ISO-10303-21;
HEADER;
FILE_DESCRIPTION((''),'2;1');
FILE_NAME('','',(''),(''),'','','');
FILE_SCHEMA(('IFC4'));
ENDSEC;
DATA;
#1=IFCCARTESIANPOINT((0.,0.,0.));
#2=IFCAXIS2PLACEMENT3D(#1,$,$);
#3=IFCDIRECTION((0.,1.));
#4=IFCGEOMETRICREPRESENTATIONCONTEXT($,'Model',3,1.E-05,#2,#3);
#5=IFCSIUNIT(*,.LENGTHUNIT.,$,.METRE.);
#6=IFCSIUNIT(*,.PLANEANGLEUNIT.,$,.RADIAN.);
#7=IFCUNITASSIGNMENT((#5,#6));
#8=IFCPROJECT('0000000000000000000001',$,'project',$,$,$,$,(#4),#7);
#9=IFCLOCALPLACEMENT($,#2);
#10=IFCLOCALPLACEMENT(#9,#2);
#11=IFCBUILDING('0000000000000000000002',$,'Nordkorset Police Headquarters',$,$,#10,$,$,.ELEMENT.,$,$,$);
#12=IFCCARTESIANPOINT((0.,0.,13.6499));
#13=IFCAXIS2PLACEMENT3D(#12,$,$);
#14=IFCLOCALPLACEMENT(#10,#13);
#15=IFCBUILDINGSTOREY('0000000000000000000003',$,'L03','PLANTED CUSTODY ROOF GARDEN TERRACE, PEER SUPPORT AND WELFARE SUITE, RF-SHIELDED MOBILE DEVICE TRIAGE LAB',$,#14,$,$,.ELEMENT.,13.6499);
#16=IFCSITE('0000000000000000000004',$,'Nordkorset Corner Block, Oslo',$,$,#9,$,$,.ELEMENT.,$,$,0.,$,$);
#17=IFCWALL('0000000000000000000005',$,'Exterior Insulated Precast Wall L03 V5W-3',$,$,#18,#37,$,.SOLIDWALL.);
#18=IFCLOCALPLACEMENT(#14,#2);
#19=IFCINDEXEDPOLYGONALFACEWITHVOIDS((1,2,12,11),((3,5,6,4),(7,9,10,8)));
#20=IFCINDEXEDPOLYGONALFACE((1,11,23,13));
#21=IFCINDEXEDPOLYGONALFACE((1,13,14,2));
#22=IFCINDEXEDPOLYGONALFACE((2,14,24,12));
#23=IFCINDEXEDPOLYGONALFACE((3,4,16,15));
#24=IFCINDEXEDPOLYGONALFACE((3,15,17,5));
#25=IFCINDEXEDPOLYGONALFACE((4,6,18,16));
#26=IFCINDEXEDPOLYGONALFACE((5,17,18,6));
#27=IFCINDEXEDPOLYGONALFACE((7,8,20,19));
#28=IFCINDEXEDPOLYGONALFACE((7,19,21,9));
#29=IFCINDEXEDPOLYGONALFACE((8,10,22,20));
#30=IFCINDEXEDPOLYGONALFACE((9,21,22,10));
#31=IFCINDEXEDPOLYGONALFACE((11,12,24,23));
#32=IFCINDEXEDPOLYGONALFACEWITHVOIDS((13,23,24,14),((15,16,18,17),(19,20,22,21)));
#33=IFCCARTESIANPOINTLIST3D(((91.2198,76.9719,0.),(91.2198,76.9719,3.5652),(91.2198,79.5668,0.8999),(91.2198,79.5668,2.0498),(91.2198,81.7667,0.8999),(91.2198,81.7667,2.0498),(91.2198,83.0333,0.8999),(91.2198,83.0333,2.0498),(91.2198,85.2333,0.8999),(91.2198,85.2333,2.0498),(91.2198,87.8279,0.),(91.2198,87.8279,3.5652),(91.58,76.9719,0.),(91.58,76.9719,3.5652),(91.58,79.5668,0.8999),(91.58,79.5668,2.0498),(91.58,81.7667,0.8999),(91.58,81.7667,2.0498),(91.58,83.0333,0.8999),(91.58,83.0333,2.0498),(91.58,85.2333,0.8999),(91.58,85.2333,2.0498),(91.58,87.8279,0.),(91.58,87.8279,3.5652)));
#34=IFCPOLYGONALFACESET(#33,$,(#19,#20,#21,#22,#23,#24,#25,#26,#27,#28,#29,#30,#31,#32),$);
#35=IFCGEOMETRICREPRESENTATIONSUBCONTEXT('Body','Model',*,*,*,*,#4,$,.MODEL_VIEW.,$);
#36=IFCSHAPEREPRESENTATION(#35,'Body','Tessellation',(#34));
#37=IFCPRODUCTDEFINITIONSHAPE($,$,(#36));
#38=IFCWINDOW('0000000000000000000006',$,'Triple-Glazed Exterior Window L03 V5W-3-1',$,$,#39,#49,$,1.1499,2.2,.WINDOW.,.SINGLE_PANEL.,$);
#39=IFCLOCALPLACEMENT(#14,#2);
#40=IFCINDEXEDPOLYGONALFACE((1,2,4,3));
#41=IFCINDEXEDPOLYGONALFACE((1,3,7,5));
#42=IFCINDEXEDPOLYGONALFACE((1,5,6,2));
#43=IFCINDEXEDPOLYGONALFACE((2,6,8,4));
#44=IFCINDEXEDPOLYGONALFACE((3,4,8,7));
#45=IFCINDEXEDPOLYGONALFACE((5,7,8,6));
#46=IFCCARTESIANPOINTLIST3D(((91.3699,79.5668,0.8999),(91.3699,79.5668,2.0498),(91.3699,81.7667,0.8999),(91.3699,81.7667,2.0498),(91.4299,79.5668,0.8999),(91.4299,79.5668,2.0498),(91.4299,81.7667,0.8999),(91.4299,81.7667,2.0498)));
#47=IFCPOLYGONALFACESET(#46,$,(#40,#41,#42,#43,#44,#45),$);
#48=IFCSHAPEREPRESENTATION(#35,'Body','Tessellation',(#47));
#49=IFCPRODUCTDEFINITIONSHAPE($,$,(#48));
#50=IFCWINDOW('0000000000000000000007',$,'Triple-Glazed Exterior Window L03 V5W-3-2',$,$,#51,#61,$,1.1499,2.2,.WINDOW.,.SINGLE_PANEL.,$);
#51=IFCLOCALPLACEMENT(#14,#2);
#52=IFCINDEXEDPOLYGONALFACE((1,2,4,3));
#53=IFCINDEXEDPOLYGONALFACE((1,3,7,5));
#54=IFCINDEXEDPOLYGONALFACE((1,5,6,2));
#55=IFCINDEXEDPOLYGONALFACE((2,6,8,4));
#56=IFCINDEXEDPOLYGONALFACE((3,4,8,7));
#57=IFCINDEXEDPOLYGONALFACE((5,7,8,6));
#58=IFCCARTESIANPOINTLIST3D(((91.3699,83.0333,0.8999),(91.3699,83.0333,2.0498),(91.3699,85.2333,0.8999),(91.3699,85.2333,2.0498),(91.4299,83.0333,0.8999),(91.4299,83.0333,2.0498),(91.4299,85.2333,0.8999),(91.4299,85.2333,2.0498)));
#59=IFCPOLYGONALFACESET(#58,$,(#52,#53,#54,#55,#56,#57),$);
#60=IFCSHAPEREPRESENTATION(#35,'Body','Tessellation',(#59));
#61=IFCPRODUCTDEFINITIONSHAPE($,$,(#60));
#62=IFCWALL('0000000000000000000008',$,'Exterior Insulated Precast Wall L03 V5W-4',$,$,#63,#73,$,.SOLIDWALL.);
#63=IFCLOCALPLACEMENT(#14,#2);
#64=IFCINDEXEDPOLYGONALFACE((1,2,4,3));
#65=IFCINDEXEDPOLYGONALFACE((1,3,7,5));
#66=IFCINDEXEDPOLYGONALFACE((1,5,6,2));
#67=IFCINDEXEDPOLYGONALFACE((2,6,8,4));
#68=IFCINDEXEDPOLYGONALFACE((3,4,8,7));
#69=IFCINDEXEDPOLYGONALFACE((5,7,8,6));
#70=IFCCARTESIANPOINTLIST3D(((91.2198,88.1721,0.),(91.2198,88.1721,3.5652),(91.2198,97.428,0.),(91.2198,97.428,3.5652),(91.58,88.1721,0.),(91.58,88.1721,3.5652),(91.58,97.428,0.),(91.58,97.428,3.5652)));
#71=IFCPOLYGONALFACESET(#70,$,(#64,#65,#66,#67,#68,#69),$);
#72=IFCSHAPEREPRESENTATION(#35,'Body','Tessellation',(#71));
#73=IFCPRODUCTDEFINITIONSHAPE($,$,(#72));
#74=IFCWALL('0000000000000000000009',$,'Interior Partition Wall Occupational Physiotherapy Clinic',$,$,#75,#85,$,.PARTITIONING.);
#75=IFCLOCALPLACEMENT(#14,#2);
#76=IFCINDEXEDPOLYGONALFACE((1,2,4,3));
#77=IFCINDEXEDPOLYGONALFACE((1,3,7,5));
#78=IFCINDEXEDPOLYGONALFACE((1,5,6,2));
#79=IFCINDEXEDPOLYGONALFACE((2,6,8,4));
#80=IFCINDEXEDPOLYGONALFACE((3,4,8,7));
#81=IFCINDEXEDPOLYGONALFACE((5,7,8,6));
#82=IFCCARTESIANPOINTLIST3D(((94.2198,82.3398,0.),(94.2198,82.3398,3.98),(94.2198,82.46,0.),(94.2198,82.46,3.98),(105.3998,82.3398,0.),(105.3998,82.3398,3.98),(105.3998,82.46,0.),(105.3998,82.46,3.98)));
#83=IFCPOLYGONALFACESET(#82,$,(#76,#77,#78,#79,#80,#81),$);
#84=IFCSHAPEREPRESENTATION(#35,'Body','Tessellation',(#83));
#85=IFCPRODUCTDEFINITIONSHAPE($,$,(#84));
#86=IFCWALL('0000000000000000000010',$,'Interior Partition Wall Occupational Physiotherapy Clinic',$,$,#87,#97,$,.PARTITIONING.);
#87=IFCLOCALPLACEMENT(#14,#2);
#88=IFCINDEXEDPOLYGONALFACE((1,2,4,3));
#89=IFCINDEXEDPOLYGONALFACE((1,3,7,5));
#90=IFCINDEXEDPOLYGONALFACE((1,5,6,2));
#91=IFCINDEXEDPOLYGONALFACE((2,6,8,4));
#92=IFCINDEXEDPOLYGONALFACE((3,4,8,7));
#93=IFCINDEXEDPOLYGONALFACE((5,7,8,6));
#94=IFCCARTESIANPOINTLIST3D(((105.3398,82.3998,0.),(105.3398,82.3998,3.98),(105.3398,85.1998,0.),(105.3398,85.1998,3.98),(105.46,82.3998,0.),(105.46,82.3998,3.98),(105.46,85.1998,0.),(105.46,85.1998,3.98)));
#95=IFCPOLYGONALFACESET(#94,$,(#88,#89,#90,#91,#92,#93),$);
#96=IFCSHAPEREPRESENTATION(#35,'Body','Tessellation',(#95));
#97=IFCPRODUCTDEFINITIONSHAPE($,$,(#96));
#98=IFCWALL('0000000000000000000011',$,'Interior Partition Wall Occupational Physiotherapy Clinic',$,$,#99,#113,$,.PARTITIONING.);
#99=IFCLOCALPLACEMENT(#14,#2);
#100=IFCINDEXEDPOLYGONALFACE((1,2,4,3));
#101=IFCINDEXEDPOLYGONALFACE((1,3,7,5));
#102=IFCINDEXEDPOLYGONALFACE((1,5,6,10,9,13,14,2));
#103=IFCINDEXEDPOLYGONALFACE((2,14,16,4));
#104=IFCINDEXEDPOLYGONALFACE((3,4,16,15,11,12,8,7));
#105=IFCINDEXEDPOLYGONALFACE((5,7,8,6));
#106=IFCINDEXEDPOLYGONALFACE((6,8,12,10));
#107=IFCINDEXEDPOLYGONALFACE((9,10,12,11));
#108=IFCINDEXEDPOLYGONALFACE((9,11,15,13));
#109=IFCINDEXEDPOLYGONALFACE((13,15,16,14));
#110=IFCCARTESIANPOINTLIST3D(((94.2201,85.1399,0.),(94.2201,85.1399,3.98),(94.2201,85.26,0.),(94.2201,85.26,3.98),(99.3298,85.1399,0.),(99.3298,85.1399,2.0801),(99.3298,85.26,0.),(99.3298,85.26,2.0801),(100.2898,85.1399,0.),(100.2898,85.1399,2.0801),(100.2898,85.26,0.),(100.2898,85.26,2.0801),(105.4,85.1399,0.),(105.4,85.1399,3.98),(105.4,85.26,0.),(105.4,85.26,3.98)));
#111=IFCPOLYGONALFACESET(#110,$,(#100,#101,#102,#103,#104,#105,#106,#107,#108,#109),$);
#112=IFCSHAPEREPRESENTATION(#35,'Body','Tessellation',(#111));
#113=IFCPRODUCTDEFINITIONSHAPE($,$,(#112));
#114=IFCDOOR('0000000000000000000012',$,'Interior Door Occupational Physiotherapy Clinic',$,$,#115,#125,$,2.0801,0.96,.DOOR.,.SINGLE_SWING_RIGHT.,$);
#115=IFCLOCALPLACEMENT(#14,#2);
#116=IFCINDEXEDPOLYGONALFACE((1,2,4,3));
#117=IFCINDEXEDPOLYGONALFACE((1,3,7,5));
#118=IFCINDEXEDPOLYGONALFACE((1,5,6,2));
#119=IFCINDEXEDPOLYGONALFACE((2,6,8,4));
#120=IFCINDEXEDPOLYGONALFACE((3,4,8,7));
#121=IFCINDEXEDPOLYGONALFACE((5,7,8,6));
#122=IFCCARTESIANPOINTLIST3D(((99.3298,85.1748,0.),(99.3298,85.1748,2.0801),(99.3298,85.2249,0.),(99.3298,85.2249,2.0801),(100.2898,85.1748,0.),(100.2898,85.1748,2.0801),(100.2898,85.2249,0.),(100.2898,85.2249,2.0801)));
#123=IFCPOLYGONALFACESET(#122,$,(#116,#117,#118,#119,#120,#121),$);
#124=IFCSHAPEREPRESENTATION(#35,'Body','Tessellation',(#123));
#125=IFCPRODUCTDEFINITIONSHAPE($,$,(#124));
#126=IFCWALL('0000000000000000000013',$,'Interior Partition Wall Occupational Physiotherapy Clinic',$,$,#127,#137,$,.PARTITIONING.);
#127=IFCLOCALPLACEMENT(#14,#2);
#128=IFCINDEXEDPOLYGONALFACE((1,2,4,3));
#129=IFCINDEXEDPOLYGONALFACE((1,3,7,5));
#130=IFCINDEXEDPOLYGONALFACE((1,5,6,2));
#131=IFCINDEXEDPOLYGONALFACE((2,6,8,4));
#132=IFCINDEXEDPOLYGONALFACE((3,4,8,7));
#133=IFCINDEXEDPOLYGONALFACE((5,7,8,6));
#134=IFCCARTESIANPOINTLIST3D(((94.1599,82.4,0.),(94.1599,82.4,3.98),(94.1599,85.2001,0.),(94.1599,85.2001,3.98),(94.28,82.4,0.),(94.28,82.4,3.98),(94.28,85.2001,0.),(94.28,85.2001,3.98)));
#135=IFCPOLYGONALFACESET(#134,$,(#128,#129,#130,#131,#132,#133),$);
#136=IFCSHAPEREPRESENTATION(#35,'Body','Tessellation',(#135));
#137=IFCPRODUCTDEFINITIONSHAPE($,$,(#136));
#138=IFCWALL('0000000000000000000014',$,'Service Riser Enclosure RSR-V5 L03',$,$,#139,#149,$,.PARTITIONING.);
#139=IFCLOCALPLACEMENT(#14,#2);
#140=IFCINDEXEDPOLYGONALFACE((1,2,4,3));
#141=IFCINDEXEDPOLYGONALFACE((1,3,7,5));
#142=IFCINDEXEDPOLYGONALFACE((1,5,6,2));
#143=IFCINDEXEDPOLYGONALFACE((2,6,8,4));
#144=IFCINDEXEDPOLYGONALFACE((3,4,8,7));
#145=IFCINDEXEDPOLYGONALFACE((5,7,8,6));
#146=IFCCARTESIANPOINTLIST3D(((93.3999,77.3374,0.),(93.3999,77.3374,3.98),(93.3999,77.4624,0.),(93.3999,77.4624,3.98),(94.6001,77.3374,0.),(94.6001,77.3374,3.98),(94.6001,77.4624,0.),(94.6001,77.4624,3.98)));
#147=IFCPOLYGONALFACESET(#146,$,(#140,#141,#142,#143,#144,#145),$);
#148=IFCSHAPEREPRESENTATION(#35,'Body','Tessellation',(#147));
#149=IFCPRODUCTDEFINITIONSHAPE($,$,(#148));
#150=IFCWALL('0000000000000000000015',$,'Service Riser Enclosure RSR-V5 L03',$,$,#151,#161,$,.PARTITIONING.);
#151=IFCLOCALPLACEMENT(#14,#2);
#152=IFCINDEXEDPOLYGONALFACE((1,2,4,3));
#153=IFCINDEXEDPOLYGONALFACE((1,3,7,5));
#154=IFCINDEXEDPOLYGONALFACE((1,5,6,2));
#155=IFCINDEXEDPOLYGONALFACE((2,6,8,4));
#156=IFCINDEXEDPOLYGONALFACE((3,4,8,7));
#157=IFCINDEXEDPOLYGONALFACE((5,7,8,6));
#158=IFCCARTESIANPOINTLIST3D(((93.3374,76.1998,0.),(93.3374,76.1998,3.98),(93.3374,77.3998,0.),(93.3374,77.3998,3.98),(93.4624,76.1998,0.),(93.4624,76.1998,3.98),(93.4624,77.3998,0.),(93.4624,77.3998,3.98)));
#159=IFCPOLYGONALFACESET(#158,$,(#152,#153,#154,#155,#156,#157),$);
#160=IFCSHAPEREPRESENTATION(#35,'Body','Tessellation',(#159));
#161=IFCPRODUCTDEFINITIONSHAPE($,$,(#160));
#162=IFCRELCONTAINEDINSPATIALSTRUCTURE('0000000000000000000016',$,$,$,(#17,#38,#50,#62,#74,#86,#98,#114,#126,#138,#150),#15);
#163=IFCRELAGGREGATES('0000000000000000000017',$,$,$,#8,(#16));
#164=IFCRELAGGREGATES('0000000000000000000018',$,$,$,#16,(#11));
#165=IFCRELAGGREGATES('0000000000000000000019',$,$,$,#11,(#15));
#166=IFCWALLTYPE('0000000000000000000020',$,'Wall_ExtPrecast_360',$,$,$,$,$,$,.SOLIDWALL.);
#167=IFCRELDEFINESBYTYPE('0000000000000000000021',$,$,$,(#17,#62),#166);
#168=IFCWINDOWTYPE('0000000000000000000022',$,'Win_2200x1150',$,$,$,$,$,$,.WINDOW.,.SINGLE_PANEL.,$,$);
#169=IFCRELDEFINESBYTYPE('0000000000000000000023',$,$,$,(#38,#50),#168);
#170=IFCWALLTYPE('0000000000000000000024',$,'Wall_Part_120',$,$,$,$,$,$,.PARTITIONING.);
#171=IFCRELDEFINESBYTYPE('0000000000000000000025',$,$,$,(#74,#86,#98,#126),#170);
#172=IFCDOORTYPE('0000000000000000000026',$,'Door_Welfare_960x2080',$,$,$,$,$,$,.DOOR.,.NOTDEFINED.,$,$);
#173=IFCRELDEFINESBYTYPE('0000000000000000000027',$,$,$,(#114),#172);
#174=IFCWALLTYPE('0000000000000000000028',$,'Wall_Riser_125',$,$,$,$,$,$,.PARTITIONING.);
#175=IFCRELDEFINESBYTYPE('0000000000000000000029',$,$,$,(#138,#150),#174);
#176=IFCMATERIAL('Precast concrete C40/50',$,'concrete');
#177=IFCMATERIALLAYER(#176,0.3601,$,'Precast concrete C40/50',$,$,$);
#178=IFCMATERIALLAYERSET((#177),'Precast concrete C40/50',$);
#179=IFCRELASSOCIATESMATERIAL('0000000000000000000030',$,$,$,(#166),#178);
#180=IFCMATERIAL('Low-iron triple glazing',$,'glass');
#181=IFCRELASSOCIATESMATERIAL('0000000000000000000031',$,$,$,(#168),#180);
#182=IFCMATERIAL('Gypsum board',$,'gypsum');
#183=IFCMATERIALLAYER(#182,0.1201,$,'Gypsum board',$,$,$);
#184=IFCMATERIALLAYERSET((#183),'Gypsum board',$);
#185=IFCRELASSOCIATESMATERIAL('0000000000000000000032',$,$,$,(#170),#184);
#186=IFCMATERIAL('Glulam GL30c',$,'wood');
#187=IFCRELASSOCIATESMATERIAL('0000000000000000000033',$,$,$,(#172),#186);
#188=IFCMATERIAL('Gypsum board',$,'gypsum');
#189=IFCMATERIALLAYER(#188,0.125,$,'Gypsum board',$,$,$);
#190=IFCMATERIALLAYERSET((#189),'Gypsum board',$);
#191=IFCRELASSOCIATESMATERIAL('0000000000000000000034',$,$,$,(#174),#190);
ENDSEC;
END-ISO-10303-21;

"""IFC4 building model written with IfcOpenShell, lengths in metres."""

from ifc_helpers import new_model, si_unit, direction, frame, frame_2d, origin, place, context, subcontext, project, spatial, rectangle, extrude, material, layer, layer_set, type_object, element, fill, save


model = new_model("IFC4")

# Units and contexts
model_context = context("Model", 3, precision=1e-05, world=origin(), true_north=direction((0.0, 1.0)))
body_context = subcontext(model_context, "Body", "Model", "MODEL_VIEW")
ifc_project = project(units=[si_unit("LENGTHUNIT", "METRE"), si_unit("PLANEANGLEUNIT", "RADIAN")], contexts=[model_context])

# Site, building, storey
site_placement = place(None, origin())
site = spatial("IfcSite", under=ifc_project, at=site_placement, Name="Nordkorset Corner Block, Oslo", CompositionType="ELEMENT", RefElevation=0.0)
building_placement = place(site_placement, origin())
building = spatial("IfcBuilding", under=site, at=building_placement, Name="Nordkorset Police Headquarters", CompositionType="ELEMENT")
storey_placement = place(building_placement, frame((0.0, 0.0, 13.6499)))
storey = spatial("IfcBuildingStorey", under=building, at=storey_placement, Name="L03", Description="PLANTED CUSTODY ROOF GARDEN TERRACE, PEER SUPPORT AND WELFARE SUITE, RF-SHIELDED MOBILE DEVICE TRIAGE LAB", CompositionType="ELEMENT", Elevation=13.6499)

# Wall, openings, windows
ifc_material_1 = material(Name="Precast concrete C40/50", Category="concrete")
ifc_layer_1 = layer(ifc_material_1, 0.3601, Name="Precast concrete C40/50")
ifc_layer_set_1 = layer_set([ifc_layer_1], Name="Precast concrete C40/50")
wall_type_1 = type_object("IfcWallType", Name="Wall_ExtPrecast_360", PredefinedType="SOLIDWALL", material=ifc_layer_set_1)
wall_1_placement = place(storey_placement, frame((91.3999, 76.9719, 0.0), z_axis=(0.0, 0.0, 1.0), x_axis=(0.0, 1.0, 0.0)))
wall_1 = element("IfcWall", 1, at=wall_1_placement, inside=storey, type_object=wall_type_1, Name="Exterior Insulated Precast Wall L03 V5W-3", PredefinedType="SOLIDWALL", context=body_context, shape_type="SweptSolid", body=[
    extrude(rectangle(XDim=10.856, YDim=0.3601, at=frame_2d((5.428, 0.0))), origin(), (0.0, 0.0, 1.0), 3.5652),
])
opening_1_placement = place(wall_1_placement, frame((2.5947, 0.0, 0.8999)))
opening_1 = element("IfcOpeningElement", 2, at=opening_1_placement, cuts=wall_1, PredefinedType="OPENING", context=body_context, shape_type="SweptSolid", body=[
    extrude(rectangle(XDim=2.2, YDim=1.1499, at=frame_2d((1.1001, 0.575))), frame((0.0, 0.1899, 0.0), z_axis=(0.0, -1.0, 0.0), x_axis=(1.0, 0.0, 0.0)), (0.0, 0.0, 1.0), 0.3801),
])
opening_2_placement = place(wall_1_placement, frame((6.0613, 0.0, 0.8999)))
opening_2 = element("IfcOpeningElement", 3, at=opening_2_placement, cuts=wall_1, PredefinedType="OPENING", context=body_context, shape_type="SweptSolid", body=[
    extrude(rectangle(XDim=2.2, YDim=1.1499, at=frame_2d((1.1001, 0.575))), frame((0.0, 0.1899, 0.0), z_axis=(0.0, -1.0, 0.0), x_axis=(1.0, 0.0, 0.0)), (0.0, 0.0, 1.0), 0.3801),
])
ifc_material_2 = material(Name="Low-iron triple glazing", Category="glass")
window_type = type_object("IfcWindowType", Name="Win_2200x1150", PartitioningType="SINGLE_PANEL", PredefinedType="WINDOW", material=ifc_material_2)
window_1_placement = place(opening_1_placement, origin())
window_1 = element("IfcWindow", 4, at=window_1_placement, inside=storey, type_object=window_type, Name="Triple-Glazed Exterior Window L03 V5W-3-1", OverallHeight=1.1499, OverallWidth=2.2, PartitioningType="SINGLE_PANEL", PredefinedType="WINDOW", context=body_context, shape_type="SweptSolid", body=[
    extrude(rectangle(XDim=2.2, YDim=1.1499, at=frame_2d((1.1001, 0.575))), frame((0.0, 0.03, 0.0), z_axis=(0.0, -1.0, 0.0), x_axis=(1.0, 0.0, 0.0)), (0.0, 0.0, 1.0), 0.0601),
])
fill(opening_1, window_1)
window_2_placement = place(opening_2_placement, origin())
window_2 = element("IfcWindow", 5, at=window_2_placement, inside=storey, type_object=window_type, Name="Triple-Glazed Exterior Window L03 V5W-3-2", OverallHeight=1.1499, OverallWidth=2.2, PartitioningType="SINGLE_PANEL", PredefinedType="WINDOW", context=body_context, shape_type="SweptSolid", body=[
    extrude(rectangle(XDim=2.2, YDim=1.1499, at=frame_2d((1.1001, 0.575))), frame((0.0, 0.03, 0.0), z_axis=(0.0, -1.0, 0.0), x_axis=(1.0, 0.0, 0.0)), (0.0, 0.0, 1.0), 0.0601),
])
fill(opening_2, window_2)

# Walls
wall_2_placement = place(storey_placement, frame((91.3999, 88.1721, 0.0), z_axis=(0.0, 0.0, 1.0), x_axis=(0.0, 1.0, 0.0)))
element("IfcWall", 6, at=wall_2_placement, inside=storey, type_object=wall_type_1, Name="Exterior Insulated Precast Wall L03 V5W-4", PredefinedType="SOLIDWALL", context=body_context, shape_type="SweptSolid", body=[
    extrude(rectangle(XDim=9.2559, YDim=0.3601, at=frame_2d((4.6279, 0.0))), origin(), (0.0, 0.0, 1.0), 3.5652),
])
ifc_material_3 = material(Name="Gypsum board", Category="gypsum")
ifc_layer_2 = layer(ifc_material_3, 0.1201, Name="Gypsum board")
ifc_layer_set_2 = layer_set([ifc_layer_2], Name="Gypsum board")
wall_type_2 = type_object("IfcWallType", Name="Wall_Part_120", PredefinedType="PARTITIONING", material=ifc_layer_set_2)
wall_3_placement = place(storey_placement, frame((94.22, 82.3999, 0.0), z_axis=(0.0, 0.0, 1.0), x_axis=(1.0, 0.0, 0.0)))
element("IfcWall", 7, at=wall_3_placement, inside=storey, type_object=wall_type_2, Name="Interior Partition Wall Occupational Physiotherapy Clinic", PredefinedType="PARTITIONING", context=body_context, shape_type="SweptSolid", body=[
    extrude(rectangle(XDim=11.1799, YDim=0.1201, at=frame_2d((5.5898, 0.0))), origin(), (0.0, 0.0, 1.0), 3.98),
])
wall_4_placement = place(storey_placement, frame((105.3999, 82.3999, 0.0), z_axis=(0.0, 0.0, 1.0), x_axis=(0.0, 1.0, 0.0)))
element("IfcWall", 8, at=wall_4_placement, inside=storey, type_object=wall_type_2, Name="Interior Partition Wall Occupational Physiotherapy Clinic", PredefinedType="PARTITIONING", context=body_context, shape_type="SweptSolid", body=[
    extrude(rectangle(XDim=2.8, YDim=0.1201, at=frame_2d((1.3999, 0.0))), origin(), (0.0, 0.0, 1.0), 3.98),
])

# Wall, opening, door
wall_5_placement = place(storey_placement, frame((105.3999, 85.2, 0.0), z_axis=(0.0, 0.0, 1.0), x_axis=(-1.0, 0.0, 0.0)))
wall_5 = element("IfcWall", 9, at=wall_5_placement, inside=storey, type_object=wall_type_2, Name="Interior Partition Wall Occupational Physiotherapy Clinic", PredefinedType="PARTITIONING", context=body_context, shape_type="SweptSolid", body=[
    extrude(rectangle(XDim=11.1799, YDim=0.1201, at=frame_2d((5.5898, 0.0))), origin(), (0.0, 0.0, 1.0), 3.98),
])
opening_3_placement = place(wall_5_placement, frame((5.1101, 0.0, 0.0)))
opening_3 = element("IfcOpeningElement", 10, at=opening_3_placement, cuts=wall_5, PredefinedType="OPENING", context=body_context, shape_type="SweptSolid", body=[
    extrude(rectangle(XDim=0.96, YDim=2.0801, at=frame_2d((0.48, 1.04))), frame((0.0, 0.0701, 0.0), z_axis=(0.0, -1.0, 0.0), x_axis=(1.0, 0.0, 0.0)), (0.0, 0.0, 1.0), 0.1401),
])
ifc_material_4 = material(Name="Glulam GL30c", Category="wood")
door_type_1 = type_object("IfcDoorType", Name="Door_Welfare_960x2080", OperationType="NOTDEFINED", PredefinedType="DOOR", material=ifc_material_4)
door_1_placement = place(opening_3_placement, frame((0.96, 0.0, 0.0), z_axis=(0.0, 0.0, 1.0), x_axis=(-1.0, 0.0, 0.0)))
door_1 = element("IfcDoor", 11, at=door_1_placement, inside=storey, type_object=door_type_1, Name="Interior Door Occupational Physiotherapy Clinic", OperationType="SINGLE_SWING_RIGHT", OverallHeight=2.0801, OverallWidth=0.96, PredefinedType="DOOR", context=body_context, shape_type="SweptSolid", body=[
    extrude(rectangle(XDim=0.96, YDim=2.0801, at=frame_2d((0.48, 1.04))), frame((0.0, 0.0249, 0.0), z_axis=(0.0, -1.0, 0.0), x_axis=(1.0, 0.0, 0.0)), (0.0, 0.0, 1.0), 0.05),
])
fill(opening_3, door_1)

# Walls
wall_6_placement = place(storey_placement, frame((94.22, 85.2, 0.0), z_axis=(0.0, 0.0, 1.0), x_axis=(0.0, -1.0, 0.0)))
element("IfcWall", 12, at=wall_6_placement, inside=storey, type_object=wall_type_2, Name="Interior Partition Wall Occupational Physiotherapy Clinic", PredefinedType="PARTITIONING", context=body_context, shape_type="SweptSolid", body=[
    extrude(rectangle(XDim=2.8, YDim=0.1201, at=frame_2d((1.3999, 0.0))), origin(), (0.0, 0.0, 1.0), 3.98),
])
ifc_material_5 = material(Name="Gypsum board", Category="gypsum")
ifc_layer_3 = layer(ifc_material_5, 0.125, Name="Gypsum board")
ifc_layer_set_3 = layer_set([ifc_layer_3], Name="Gypsum board")
wall_type_3 = type_object("IfcWallType", Name="Wall_Riser_125", PredefinedType="PARTITIONING", material=ifc_layer_set_3)
wall_7_placement = place(storey_placement, frame((94.6001, 77.3999, 0.0), z_axis=(0.0, 0.0, 1.0), x_axis=(-1.0, 0.0, 0.0)))
element("IfcWall", 13, at=wall_7_placement, inside=storey, type_object=wall_type_3, Name="Service Riser Enclosure RSR-V5 L03", PredefinedType="PARTITIONING", context=body_context, shape_type="SweptSolid", body=[
    extrude(rectangle(XDim=1.2002, YDim=0.125, at=frame_2d((0.6001, 0.0))), origin(), (0.0, 0.0, 1.0), 3.98),
])
wall_8_placement = place(storey_placement, frame((93.3999, 77.3999, 0.0), z_axis=(0.0, 0.0, 1.0), x_axis=(0.0, -1.0, 0.0)))
element("IfcWall", 14, at=wall_8_placement, inside=storey, type_object=wall_type_3, Name="Service Riser Enclosure RSR-V5 L03", PredefinedType="PARTITIONING", context=body_context, shape_type="SweptSolid", body=[
    extrude(rectangle(XDim=1.2, YDim=0.125, at=frame_2d((0.6001, 0.0))), origin(), (0.0, 0.0, 1.0), 3.98),
])

save(model, "model.ifc")
